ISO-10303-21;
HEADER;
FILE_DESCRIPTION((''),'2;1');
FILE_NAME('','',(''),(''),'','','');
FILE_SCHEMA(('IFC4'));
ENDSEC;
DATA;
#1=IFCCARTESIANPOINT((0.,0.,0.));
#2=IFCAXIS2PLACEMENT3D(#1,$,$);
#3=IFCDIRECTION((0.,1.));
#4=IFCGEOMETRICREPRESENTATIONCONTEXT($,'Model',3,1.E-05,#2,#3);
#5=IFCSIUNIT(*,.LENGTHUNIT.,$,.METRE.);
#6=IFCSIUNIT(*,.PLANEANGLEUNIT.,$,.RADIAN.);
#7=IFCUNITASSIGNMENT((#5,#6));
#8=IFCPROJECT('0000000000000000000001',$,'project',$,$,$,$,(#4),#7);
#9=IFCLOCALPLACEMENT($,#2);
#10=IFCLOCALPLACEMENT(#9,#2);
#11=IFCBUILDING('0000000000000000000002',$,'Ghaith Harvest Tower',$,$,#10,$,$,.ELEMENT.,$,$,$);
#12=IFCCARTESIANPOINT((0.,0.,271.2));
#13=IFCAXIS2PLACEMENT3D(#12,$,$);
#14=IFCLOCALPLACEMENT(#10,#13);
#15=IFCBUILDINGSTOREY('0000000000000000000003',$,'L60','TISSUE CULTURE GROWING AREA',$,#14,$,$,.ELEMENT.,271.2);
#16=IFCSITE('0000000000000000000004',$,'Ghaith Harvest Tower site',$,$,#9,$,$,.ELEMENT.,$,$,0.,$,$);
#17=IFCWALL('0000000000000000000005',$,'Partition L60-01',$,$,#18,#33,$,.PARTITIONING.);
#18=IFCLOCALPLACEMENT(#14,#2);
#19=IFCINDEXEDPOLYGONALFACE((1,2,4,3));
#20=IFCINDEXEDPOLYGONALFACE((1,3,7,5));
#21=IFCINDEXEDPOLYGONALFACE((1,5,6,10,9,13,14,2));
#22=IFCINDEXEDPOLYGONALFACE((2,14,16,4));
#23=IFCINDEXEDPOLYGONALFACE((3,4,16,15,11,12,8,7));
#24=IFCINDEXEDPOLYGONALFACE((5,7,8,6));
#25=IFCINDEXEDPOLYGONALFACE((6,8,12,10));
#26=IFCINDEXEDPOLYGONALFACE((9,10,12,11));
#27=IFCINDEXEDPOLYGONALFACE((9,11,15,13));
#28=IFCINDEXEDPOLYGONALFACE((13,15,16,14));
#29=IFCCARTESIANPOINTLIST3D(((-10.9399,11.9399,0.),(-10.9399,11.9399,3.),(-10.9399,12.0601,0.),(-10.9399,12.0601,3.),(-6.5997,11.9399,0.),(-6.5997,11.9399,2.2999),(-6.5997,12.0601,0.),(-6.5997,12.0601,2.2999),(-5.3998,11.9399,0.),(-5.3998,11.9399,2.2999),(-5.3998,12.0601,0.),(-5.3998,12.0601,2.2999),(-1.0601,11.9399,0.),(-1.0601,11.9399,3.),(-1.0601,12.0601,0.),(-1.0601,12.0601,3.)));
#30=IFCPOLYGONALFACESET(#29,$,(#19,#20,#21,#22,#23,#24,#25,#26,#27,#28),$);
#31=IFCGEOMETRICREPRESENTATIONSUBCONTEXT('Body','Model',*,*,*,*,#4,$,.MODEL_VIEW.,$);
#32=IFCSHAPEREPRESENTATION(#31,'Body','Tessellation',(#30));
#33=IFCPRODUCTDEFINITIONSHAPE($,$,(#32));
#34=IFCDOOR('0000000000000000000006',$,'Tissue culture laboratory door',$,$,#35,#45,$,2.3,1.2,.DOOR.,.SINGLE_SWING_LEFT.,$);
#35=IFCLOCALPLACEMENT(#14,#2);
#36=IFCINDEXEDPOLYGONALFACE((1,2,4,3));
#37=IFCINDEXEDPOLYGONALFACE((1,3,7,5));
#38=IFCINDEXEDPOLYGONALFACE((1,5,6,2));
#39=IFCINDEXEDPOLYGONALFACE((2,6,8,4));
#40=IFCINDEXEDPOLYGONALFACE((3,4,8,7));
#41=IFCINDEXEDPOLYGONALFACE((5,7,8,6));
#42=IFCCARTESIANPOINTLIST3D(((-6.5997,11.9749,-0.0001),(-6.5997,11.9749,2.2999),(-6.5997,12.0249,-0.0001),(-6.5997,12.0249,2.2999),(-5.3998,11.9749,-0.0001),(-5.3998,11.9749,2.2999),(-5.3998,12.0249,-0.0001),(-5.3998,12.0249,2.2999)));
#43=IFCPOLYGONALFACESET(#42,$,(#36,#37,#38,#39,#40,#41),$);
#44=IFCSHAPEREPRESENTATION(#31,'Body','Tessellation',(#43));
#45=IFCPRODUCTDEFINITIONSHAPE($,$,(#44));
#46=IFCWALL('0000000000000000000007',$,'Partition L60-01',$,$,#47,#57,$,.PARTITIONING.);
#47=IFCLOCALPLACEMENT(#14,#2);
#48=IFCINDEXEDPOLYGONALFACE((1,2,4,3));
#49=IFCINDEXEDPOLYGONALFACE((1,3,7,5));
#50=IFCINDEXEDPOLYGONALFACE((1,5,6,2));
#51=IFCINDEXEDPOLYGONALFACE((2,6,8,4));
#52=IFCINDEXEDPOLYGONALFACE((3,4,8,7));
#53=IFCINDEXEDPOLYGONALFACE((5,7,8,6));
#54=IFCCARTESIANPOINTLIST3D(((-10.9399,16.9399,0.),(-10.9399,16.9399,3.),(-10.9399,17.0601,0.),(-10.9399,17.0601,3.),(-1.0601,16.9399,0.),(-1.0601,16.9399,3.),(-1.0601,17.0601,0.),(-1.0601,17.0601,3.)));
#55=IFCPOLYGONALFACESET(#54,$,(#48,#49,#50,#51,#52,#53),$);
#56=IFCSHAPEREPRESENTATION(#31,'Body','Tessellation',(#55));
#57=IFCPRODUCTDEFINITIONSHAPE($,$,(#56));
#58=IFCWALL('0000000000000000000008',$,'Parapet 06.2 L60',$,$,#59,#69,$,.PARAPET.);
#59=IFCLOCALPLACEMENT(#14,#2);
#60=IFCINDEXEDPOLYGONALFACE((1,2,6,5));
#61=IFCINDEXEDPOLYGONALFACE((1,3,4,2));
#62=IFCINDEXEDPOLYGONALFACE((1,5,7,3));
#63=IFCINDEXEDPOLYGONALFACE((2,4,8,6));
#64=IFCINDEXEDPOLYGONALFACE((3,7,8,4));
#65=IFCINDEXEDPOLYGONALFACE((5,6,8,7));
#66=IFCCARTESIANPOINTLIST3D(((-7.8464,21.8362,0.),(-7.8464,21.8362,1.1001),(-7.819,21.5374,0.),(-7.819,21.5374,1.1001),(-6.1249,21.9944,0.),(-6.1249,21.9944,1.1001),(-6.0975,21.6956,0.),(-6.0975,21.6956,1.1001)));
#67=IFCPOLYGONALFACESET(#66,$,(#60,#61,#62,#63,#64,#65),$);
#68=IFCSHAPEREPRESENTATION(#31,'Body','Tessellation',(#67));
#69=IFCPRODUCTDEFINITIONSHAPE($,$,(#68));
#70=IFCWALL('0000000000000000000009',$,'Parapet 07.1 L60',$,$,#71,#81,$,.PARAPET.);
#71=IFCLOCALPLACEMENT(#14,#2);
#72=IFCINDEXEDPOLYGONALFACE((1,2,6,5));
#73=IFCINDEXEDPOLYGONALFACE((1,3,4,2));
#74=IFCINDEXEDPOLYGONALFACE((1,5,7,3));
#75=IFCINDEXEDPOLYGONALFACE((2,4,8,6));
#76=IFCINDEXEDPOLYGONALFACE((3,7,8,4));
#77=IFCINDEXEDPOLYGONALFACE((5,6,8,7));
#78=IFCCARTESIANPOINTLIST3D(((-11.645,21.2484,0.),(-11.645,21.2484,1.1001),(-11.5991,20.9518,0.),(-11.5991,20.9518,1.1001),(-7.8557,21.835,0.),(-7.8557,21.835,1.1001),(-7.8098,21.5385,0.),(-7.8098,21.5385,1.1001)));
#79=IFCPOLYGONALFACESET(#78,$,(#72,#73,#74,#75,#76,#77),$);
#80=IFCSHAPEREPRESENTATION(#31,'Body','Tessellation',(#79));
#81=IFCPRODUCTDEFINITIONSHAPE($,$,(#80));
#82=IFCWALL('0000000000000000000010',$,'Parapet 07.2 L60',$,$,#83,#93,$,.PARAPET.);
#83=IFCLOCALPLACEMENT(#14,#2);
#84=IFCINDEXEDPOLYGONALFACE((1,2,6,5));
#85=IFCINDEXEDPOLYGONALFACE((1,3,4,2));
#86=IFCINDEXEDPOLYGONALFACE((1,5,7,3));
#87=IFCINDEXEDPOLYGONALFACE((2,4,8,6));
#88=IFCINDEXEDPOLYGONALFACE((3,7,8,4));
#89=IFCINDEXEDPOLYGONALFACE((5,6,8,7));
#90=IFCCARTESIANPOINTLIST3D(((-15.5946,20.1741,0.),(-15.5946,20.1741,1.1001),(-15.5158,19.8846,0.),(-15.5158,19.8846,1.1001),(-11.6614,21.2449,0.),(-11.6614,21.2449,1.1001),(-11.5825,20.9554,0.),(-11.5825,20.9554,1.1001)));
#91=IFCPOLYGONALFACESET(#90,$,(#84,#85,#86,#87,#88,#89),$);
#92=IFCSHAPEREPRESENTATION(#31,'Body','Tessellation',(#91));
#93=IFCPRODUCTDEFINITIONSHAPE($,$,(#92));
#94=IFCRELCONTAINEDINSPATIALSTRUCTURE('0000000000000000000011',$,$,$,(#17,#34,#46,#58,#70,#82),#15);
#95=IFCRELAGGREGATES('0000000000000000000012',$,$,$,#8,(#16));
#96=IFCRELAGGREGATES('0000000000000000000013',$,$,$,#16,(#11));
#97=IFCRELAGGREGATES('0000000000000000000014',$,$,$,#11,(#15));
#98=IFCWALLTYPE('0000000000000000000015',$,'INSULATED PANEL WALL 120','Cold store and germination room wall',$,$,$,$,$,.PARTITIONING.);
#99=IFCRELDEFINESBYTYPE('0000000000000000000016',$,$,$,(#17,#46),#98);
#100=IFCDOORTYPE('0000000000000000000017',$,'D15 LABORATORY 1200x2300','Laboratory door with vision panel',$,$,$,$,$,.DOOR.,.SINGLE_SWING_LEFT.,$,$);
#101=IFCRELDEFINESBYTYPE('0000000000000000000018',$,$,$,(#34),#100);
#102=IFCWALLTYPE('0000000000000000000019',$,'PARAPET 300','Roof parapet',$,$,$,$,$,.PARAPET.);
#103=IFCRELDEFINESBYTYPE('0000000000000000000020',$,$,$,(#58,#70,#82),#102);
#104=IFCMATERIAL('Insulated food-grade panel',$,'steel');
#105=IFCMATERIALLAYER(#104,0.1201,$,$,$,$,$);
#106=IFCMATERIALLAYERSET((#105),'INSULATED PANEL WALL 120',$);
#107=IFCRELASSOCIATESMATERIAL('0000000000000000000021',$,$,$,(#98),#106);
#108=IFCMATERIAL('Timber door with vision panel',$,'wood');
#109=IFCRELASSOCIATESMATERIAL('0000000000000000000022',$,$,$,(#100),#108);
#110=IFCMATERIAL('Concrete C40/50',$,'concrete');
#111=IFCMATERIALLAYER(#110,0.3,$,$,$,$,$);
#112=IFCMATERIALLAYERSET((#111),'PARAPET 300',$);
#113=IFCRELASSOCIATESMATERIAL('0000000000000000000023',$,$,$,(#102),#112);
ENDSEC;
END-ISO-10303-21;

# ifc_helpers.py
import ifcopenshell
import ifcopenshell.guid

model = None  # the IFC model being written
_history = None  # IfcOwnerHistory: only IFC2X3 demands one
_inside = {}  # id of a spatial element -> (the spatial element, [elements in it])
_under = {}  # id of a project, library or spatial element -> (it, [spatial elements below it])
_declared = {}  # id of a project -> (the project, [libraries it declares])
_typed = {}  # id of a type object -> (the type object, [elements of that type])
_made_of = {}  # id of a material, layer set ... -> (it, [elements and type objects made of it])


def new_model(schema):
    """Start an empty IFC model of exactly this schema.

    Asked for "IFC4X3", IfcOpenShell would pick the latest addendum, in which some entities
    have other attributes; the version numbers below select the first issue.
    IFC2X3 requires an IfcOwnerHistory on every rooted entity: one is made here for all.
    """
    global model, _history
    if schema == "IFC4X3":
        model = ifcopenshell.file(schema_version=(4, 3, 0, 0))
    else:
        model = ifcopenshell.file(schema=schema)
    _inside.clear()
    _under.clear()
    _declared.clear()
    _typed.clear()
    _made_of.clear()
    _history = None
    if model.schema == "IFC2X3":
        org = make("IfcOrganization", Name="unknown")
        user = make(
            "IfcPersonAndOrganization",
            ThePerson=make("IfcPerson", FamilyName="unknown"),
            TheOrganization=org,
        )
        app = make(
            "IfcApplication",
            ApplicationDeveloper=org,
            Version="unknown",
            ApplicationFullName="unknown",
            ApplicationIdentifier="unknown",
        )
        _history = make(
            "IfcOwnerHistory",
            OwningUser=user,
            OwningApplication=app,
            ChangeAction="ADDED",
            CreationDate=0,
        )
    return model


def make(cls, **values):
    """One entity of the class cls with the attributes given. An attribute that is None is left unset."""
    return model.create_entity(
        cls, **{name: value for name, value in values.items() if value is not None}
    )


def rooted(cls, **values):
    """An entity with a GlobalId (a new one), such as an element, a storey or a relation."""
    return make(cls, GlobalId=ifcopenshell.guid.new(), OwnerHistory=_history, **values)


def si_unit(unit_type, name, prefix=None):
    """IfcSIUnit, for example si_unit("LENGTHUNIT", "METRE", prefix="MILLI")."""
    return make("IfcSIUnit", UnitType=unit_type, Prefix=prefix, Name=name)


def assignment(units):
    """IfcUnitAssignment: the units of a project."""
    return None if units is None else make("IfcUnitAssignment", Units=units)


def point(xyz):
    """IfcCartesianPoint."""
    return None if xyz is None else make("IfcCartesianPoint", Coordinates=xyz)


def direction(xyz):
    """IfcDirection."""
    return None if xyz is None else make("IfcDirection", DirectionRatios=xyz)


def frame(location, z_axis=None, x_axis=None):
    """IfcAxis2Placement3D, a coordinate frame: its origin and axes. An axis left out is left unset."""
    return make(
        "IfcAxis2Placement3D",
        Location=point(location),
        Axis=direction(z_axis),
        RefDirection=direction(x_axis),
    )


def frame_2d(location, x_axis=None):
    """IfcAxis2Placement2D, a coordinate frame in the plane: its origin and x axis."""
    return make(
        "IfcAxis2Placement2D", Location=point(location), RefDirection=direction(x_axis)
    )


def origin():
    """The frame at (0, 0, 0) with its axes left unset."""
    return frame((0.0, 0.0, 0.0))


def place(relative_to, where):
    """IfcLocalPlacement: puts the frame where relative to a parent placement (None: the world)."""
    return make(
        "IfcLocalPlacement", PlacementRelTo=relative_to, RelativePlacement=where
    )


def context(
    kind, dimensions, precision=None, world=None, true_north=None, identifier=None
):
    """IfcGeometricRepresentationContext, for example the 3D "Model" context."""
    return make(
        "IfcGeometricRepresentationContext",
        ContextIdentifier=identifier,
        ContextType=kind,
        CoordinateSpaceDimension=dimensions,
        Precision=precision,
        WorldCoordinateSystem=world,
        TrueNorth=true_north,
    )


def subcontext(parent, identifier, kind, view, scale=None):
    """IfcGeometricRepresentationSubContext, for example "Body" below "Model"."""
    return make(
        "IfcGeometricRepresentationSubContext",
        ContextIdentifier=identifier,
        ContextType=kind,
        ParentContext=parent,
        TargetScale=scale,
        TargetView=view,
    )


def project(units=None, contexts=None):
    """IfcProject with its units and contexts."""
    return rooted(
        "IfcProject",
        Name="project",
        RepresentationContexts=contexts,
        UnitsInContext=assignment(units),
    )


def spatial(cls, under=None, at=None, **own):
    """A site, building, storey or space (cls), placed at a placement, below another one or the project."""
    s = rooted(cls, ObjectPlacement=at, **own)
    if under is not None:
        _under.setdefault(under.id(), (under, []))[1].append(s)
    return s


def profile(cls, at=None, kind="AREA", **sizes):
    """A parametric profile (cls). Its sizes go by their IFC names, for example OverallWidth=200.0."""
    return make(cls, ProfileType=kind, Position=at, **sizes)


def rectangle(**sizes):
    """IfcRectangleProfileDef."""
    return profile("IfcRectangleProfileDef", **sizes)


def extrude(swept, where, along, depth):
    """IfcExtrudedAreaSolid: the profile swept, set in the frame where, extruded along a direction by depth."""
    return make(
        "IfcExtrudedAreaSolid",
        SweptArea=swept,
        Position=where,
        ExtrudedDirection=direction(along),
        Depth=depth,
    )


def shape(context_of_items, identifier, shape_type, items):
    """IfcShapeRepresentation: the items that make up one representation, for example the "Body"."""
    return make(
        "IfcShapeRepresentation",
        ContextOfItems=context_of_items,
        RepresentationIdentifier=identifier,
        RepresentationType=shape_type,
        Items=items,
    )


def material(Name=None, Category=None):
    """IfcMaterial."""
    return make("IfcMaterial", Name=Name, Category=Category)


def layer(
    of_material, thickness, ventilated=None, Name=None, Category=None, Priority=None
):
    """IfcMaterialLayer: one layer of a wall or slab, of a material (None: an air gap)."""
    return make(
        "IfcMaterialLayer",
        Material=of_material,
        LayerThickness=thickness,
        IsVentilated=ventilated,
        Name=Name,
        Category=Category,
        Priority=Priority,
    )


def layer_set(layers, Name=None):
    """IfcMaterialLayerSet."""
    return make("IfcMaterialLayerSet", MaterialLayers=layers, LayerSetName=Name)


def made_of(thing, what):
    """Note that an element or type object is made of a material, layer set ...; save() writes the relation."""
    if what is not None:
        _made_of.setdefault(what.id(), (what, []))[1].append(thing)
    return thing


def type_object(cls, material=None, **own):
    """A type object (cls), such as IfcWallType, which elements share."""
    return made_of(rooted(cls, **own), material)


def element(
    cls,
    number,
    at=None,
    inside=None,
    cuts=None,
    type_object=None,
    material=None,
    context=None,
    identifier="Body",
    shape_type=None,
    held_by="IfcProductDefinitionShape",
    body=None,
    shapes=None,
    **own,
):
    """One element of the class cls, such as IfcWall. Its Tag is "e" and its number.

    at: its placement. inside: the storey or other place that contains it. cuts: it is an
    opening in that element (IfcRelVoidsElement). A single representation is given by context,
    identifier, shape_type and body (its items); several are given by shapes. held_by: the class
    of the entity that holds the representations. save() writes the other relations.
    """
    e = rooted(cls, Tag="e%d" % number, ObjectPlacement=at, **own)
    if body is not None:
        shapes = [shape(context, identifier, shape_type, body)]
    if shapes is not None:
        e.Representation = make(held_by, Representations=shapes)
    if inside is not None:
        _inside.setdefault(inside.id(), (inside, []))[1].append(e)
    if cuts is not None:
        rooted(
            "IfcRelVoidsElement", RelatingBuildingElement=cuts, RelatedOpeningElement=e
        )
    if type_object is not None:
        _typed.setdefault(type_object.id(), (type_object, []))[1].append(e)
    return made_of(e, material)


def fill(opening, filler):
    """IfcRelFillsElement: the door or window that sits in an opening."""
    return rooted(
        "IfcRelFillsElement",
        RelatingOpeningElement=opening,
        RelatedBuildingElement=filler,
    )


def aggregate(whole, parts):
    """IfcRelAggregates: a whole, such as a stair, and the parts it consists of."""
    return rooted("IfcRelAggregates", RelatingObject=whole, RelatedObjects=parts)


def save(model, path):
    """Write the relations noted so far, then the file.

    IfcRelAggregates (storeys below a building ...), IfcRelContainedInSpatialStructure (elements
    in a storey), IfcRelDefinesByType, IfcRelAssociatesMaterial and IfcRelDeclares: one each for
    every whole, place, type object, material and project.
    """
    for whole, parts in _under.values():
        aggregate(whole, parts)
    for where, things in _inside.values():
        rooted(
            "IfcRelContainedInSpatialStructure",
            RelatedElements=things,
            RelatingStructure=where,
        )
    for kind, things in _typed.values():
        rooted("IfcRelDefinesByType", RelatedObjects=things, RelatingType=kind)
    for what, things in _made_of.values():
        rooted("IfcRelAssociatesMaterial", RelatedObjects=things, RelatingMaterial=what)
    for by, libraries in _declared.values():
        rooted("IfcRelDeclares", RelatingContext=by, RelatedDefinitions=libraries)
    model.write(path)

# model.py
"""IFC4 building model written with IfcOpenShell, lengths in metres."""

from ifc_helpers import new_model, si_unit, direction, frame, frame_2d, origin, place, context, subcontext, project, spatial, rectangle, extrude, material, layer, layer_set, type_object, element, fill, save


model = new_model("IFC4")

# Units and contexts
model_context = context("Model", 3, precision=1e-05, world=origin(), true_north=direction((0.0, 1.0)))
body_context = subcontext(model_context, "Body", "Model", "MODEL_VIEW")
ifc_project = project(units=[si_unit("LENGTHUNIT", "METRE"), si_unit("PLANEANGLEUNIT", "RADIAN")], contexts=[model_context])

# Site, building, storey
site_placement = place(None, origin())
site = spatial("IfcSite", under=ifc_project, at=site_placement, Name="Ghaith Harvest Tower site", CompositionType="ELEMENT", RefElevation=0.0)
building_placement = place(site_placement, origin())
building = spatial("IfcBuilding", under=site, at=building_placement, Name="Ghaith Harvest Tower", CompositionType="ELEMENT")
storey_placement = place(building_placement, frame((0.0, 0.0, 271.2)))
storey = spatial("IfcBuildingStorey", under=building, at=storey_placement, Name="L60", Description="TISSUE CULTURE GROWING AREA", CompositionType="ELEMENT", Elevation=271.2)

# Shared definitions
ifc_material_1 = material(Name="Insulated food-grade panel", Category="steel")
ifc_layer_1 = layer(ifc_material_1, 0.1201)
ifc_layer_set_1 = layer_set([ifc_layer_1], Name="INSULATED PANEL WALL 120")
wall_type_1 = type_object("IfcWallType", Name="INSULATED PANEL WALL 120", Description="Cold store and germination room wall", PredefinedType="PARTITIONING", material=ifc_layer_set_1)

# Wall, opening, door
wall_1_placement = place(storey_placement, frame((-10.9399, 12.0, 0.0), z_axis=(0.0, 0.0, 1.0), x_axis=(1.0, 0.0, 0.0)))
wall_1 = element("IfcWall", 1, at=wall_1_placement, inside=storey, type_object=wall_type_1, Name="Partition L60-01", PredefinedType="PARTITIONING", context=body_context, shape_type="SweptSolid", body=[
    extrude(rectangle(XDim=9.8799, YDim=0.1201, at=frame_2d((4.9399, 0.0))), origin(), (0.0, 0.0, 1.0), 3.0),
])
opening_placement = place(wall_1_placement, frame((4.3401, 0.0, 0.0)))
opening = element("IfcOpeningElement", 2, at=opening_placement, cuts=wall_1, PredefinedType="OPENING", context=body_context, shape_type="SweptSolid", body=[
    extrude(rectangle(XDim=1.2, YDim=2.3, at=frame_2d((0.6001, 1.1499))), frame((0.0, 0.0701, 0.0), z_axis=(0.0, -1.0, 0.0), x_axis=(1.0, 0.0, 0.0)), (0.0, 0.0, 1.0), 0.1401),
])
ifc_material_2 = material(Name="Timber door with vision panel", Category="wood")
door_type = type_object("IfcDoorType", Name="D15 LABORATORY 1200x2300", Description="Laboratory door with vision panel", OperationType="SINGLE_SWING_LEFT", PredefinedType="DOOR", material=ifc_material_2)
door_placement = place(opening_placement, origin())
door = element("IfcDoor", 3, at=door_placement, inside=storey, type_object=door_type, Name="Tissue culture laboratory door", OperationType="SINGLE_SWING_LEFT", OverallHeight=2.3, OverallWidth=1.2, PredefinedType="DOOR", context=body_context, shape_type="SweptSolid", body=[
    extrude(rectangle(XDim=1.2, YDim=2.3, at=frame_2d((0.6001, 1.1499))), frame((0.0, 0.0249, 0.0), z_axis=(0.0, -1.0, 0.0), x_axis=(1.0, 0.0, 0.0)), (0.0, 0.0, 1.0), 0.05),
])
fill(opening, door)

# Walls
wall_2_placement = place(storey_placement, frame((-10.9399, 17.0, 0.0), z_axis=(0.0, 0.0, 1.0), x_axis=(1.0, 0.0, 0.0)))
element("IfcWall", 4, at=wall_2_placement, inside=storey, type_object=wall_type_1, Name="Partition L60-01", PredefinedType="PARTITIONING", context=body_context, shape_type="SweptSolid", body=[
    extrude(rectangle(XDim=9.8799, YDim=0.1201, at=frame_2d((4.9399, 0.0))), origin(), (0.0, 0.0, 1.0), 3.0),
])
ifc_material_3 = material(Name="Concrete C40/50", Category="concrete")
ifc_layer_2 = layer(ifc_material_3, 0.3)
ifc_layer_set_2 = layer_set([ifc_layer_2], Name="PARAPET 300")
wall_type_2 = type_object("IfcWallType", Name="PARAPET 300", Description="Roof parapet", PredefinedType="PARAPET", material=ifc_layer_set_2)
wall_3_placement = place(storey_placement, frame((-6.1113, 21.845, 0.0), z_axis=(0.0, 0.0, 1.0), x_axis=(-0.995804, -0.091516, 0.0)))
element("IfcWall", 5, at=wall_3_placement, inside=storey, type_object=wall_type_2, Name="Parapet 06.2 L60", PredefinedType="PARAPET", context=body_context, shape_type="SweptSolid", body=[
    extrude(rectangle(XDim=1.7288, YDim=0.3, at=frame_2d((0.8643, 0.0))), origin(), (0.0, 0.0, 1.0), 1.1001),
])
wall_4_placement = place(storey_placement, frame((-7.8328, 21.6868, 0.0), z_axis=(0.0, 0.0, 1.0), x_axis=(-0.988226, -0.153, 0.0)))
element("IfcWall", 6, at=wall_4_placement, inside=storey, type_object=wall_type_2, Name="Parapet 07.1 L60", PredefinedType="PARAPET", context=body_context, shape_type="SweptSolid", body=[
    extrude(rectangle(XDim=3.8345, YDim=0.3, at=frame_2d((1.9172, 0.0))), origin(), (0.0, 0.0, 1.0), 1.1001),
])
wall_5_placement = place(storey_placement, frame((-11.6221, 21.1001, 0.0), z_axis=(0.0, 0.0, 1.0), x_axis=(-0.964884, -0.262676, 0.0)))
element("IfcWall", 7, at=wall_5_placement, inside=storey, type_object=wall_type_2, Name="Parapet 07.2 L60", PredefinedType="PARAPET", context=body_context, shape_type="SweptSolid", body=[
    extrude(rectangle(XDim=4.0764, YDim=0.3, at=frame_2d((2.0381, 0.0))), origin(), (0.0, 0.0, 1.0), 1.1001),
])

save(model, "model.ifc")
